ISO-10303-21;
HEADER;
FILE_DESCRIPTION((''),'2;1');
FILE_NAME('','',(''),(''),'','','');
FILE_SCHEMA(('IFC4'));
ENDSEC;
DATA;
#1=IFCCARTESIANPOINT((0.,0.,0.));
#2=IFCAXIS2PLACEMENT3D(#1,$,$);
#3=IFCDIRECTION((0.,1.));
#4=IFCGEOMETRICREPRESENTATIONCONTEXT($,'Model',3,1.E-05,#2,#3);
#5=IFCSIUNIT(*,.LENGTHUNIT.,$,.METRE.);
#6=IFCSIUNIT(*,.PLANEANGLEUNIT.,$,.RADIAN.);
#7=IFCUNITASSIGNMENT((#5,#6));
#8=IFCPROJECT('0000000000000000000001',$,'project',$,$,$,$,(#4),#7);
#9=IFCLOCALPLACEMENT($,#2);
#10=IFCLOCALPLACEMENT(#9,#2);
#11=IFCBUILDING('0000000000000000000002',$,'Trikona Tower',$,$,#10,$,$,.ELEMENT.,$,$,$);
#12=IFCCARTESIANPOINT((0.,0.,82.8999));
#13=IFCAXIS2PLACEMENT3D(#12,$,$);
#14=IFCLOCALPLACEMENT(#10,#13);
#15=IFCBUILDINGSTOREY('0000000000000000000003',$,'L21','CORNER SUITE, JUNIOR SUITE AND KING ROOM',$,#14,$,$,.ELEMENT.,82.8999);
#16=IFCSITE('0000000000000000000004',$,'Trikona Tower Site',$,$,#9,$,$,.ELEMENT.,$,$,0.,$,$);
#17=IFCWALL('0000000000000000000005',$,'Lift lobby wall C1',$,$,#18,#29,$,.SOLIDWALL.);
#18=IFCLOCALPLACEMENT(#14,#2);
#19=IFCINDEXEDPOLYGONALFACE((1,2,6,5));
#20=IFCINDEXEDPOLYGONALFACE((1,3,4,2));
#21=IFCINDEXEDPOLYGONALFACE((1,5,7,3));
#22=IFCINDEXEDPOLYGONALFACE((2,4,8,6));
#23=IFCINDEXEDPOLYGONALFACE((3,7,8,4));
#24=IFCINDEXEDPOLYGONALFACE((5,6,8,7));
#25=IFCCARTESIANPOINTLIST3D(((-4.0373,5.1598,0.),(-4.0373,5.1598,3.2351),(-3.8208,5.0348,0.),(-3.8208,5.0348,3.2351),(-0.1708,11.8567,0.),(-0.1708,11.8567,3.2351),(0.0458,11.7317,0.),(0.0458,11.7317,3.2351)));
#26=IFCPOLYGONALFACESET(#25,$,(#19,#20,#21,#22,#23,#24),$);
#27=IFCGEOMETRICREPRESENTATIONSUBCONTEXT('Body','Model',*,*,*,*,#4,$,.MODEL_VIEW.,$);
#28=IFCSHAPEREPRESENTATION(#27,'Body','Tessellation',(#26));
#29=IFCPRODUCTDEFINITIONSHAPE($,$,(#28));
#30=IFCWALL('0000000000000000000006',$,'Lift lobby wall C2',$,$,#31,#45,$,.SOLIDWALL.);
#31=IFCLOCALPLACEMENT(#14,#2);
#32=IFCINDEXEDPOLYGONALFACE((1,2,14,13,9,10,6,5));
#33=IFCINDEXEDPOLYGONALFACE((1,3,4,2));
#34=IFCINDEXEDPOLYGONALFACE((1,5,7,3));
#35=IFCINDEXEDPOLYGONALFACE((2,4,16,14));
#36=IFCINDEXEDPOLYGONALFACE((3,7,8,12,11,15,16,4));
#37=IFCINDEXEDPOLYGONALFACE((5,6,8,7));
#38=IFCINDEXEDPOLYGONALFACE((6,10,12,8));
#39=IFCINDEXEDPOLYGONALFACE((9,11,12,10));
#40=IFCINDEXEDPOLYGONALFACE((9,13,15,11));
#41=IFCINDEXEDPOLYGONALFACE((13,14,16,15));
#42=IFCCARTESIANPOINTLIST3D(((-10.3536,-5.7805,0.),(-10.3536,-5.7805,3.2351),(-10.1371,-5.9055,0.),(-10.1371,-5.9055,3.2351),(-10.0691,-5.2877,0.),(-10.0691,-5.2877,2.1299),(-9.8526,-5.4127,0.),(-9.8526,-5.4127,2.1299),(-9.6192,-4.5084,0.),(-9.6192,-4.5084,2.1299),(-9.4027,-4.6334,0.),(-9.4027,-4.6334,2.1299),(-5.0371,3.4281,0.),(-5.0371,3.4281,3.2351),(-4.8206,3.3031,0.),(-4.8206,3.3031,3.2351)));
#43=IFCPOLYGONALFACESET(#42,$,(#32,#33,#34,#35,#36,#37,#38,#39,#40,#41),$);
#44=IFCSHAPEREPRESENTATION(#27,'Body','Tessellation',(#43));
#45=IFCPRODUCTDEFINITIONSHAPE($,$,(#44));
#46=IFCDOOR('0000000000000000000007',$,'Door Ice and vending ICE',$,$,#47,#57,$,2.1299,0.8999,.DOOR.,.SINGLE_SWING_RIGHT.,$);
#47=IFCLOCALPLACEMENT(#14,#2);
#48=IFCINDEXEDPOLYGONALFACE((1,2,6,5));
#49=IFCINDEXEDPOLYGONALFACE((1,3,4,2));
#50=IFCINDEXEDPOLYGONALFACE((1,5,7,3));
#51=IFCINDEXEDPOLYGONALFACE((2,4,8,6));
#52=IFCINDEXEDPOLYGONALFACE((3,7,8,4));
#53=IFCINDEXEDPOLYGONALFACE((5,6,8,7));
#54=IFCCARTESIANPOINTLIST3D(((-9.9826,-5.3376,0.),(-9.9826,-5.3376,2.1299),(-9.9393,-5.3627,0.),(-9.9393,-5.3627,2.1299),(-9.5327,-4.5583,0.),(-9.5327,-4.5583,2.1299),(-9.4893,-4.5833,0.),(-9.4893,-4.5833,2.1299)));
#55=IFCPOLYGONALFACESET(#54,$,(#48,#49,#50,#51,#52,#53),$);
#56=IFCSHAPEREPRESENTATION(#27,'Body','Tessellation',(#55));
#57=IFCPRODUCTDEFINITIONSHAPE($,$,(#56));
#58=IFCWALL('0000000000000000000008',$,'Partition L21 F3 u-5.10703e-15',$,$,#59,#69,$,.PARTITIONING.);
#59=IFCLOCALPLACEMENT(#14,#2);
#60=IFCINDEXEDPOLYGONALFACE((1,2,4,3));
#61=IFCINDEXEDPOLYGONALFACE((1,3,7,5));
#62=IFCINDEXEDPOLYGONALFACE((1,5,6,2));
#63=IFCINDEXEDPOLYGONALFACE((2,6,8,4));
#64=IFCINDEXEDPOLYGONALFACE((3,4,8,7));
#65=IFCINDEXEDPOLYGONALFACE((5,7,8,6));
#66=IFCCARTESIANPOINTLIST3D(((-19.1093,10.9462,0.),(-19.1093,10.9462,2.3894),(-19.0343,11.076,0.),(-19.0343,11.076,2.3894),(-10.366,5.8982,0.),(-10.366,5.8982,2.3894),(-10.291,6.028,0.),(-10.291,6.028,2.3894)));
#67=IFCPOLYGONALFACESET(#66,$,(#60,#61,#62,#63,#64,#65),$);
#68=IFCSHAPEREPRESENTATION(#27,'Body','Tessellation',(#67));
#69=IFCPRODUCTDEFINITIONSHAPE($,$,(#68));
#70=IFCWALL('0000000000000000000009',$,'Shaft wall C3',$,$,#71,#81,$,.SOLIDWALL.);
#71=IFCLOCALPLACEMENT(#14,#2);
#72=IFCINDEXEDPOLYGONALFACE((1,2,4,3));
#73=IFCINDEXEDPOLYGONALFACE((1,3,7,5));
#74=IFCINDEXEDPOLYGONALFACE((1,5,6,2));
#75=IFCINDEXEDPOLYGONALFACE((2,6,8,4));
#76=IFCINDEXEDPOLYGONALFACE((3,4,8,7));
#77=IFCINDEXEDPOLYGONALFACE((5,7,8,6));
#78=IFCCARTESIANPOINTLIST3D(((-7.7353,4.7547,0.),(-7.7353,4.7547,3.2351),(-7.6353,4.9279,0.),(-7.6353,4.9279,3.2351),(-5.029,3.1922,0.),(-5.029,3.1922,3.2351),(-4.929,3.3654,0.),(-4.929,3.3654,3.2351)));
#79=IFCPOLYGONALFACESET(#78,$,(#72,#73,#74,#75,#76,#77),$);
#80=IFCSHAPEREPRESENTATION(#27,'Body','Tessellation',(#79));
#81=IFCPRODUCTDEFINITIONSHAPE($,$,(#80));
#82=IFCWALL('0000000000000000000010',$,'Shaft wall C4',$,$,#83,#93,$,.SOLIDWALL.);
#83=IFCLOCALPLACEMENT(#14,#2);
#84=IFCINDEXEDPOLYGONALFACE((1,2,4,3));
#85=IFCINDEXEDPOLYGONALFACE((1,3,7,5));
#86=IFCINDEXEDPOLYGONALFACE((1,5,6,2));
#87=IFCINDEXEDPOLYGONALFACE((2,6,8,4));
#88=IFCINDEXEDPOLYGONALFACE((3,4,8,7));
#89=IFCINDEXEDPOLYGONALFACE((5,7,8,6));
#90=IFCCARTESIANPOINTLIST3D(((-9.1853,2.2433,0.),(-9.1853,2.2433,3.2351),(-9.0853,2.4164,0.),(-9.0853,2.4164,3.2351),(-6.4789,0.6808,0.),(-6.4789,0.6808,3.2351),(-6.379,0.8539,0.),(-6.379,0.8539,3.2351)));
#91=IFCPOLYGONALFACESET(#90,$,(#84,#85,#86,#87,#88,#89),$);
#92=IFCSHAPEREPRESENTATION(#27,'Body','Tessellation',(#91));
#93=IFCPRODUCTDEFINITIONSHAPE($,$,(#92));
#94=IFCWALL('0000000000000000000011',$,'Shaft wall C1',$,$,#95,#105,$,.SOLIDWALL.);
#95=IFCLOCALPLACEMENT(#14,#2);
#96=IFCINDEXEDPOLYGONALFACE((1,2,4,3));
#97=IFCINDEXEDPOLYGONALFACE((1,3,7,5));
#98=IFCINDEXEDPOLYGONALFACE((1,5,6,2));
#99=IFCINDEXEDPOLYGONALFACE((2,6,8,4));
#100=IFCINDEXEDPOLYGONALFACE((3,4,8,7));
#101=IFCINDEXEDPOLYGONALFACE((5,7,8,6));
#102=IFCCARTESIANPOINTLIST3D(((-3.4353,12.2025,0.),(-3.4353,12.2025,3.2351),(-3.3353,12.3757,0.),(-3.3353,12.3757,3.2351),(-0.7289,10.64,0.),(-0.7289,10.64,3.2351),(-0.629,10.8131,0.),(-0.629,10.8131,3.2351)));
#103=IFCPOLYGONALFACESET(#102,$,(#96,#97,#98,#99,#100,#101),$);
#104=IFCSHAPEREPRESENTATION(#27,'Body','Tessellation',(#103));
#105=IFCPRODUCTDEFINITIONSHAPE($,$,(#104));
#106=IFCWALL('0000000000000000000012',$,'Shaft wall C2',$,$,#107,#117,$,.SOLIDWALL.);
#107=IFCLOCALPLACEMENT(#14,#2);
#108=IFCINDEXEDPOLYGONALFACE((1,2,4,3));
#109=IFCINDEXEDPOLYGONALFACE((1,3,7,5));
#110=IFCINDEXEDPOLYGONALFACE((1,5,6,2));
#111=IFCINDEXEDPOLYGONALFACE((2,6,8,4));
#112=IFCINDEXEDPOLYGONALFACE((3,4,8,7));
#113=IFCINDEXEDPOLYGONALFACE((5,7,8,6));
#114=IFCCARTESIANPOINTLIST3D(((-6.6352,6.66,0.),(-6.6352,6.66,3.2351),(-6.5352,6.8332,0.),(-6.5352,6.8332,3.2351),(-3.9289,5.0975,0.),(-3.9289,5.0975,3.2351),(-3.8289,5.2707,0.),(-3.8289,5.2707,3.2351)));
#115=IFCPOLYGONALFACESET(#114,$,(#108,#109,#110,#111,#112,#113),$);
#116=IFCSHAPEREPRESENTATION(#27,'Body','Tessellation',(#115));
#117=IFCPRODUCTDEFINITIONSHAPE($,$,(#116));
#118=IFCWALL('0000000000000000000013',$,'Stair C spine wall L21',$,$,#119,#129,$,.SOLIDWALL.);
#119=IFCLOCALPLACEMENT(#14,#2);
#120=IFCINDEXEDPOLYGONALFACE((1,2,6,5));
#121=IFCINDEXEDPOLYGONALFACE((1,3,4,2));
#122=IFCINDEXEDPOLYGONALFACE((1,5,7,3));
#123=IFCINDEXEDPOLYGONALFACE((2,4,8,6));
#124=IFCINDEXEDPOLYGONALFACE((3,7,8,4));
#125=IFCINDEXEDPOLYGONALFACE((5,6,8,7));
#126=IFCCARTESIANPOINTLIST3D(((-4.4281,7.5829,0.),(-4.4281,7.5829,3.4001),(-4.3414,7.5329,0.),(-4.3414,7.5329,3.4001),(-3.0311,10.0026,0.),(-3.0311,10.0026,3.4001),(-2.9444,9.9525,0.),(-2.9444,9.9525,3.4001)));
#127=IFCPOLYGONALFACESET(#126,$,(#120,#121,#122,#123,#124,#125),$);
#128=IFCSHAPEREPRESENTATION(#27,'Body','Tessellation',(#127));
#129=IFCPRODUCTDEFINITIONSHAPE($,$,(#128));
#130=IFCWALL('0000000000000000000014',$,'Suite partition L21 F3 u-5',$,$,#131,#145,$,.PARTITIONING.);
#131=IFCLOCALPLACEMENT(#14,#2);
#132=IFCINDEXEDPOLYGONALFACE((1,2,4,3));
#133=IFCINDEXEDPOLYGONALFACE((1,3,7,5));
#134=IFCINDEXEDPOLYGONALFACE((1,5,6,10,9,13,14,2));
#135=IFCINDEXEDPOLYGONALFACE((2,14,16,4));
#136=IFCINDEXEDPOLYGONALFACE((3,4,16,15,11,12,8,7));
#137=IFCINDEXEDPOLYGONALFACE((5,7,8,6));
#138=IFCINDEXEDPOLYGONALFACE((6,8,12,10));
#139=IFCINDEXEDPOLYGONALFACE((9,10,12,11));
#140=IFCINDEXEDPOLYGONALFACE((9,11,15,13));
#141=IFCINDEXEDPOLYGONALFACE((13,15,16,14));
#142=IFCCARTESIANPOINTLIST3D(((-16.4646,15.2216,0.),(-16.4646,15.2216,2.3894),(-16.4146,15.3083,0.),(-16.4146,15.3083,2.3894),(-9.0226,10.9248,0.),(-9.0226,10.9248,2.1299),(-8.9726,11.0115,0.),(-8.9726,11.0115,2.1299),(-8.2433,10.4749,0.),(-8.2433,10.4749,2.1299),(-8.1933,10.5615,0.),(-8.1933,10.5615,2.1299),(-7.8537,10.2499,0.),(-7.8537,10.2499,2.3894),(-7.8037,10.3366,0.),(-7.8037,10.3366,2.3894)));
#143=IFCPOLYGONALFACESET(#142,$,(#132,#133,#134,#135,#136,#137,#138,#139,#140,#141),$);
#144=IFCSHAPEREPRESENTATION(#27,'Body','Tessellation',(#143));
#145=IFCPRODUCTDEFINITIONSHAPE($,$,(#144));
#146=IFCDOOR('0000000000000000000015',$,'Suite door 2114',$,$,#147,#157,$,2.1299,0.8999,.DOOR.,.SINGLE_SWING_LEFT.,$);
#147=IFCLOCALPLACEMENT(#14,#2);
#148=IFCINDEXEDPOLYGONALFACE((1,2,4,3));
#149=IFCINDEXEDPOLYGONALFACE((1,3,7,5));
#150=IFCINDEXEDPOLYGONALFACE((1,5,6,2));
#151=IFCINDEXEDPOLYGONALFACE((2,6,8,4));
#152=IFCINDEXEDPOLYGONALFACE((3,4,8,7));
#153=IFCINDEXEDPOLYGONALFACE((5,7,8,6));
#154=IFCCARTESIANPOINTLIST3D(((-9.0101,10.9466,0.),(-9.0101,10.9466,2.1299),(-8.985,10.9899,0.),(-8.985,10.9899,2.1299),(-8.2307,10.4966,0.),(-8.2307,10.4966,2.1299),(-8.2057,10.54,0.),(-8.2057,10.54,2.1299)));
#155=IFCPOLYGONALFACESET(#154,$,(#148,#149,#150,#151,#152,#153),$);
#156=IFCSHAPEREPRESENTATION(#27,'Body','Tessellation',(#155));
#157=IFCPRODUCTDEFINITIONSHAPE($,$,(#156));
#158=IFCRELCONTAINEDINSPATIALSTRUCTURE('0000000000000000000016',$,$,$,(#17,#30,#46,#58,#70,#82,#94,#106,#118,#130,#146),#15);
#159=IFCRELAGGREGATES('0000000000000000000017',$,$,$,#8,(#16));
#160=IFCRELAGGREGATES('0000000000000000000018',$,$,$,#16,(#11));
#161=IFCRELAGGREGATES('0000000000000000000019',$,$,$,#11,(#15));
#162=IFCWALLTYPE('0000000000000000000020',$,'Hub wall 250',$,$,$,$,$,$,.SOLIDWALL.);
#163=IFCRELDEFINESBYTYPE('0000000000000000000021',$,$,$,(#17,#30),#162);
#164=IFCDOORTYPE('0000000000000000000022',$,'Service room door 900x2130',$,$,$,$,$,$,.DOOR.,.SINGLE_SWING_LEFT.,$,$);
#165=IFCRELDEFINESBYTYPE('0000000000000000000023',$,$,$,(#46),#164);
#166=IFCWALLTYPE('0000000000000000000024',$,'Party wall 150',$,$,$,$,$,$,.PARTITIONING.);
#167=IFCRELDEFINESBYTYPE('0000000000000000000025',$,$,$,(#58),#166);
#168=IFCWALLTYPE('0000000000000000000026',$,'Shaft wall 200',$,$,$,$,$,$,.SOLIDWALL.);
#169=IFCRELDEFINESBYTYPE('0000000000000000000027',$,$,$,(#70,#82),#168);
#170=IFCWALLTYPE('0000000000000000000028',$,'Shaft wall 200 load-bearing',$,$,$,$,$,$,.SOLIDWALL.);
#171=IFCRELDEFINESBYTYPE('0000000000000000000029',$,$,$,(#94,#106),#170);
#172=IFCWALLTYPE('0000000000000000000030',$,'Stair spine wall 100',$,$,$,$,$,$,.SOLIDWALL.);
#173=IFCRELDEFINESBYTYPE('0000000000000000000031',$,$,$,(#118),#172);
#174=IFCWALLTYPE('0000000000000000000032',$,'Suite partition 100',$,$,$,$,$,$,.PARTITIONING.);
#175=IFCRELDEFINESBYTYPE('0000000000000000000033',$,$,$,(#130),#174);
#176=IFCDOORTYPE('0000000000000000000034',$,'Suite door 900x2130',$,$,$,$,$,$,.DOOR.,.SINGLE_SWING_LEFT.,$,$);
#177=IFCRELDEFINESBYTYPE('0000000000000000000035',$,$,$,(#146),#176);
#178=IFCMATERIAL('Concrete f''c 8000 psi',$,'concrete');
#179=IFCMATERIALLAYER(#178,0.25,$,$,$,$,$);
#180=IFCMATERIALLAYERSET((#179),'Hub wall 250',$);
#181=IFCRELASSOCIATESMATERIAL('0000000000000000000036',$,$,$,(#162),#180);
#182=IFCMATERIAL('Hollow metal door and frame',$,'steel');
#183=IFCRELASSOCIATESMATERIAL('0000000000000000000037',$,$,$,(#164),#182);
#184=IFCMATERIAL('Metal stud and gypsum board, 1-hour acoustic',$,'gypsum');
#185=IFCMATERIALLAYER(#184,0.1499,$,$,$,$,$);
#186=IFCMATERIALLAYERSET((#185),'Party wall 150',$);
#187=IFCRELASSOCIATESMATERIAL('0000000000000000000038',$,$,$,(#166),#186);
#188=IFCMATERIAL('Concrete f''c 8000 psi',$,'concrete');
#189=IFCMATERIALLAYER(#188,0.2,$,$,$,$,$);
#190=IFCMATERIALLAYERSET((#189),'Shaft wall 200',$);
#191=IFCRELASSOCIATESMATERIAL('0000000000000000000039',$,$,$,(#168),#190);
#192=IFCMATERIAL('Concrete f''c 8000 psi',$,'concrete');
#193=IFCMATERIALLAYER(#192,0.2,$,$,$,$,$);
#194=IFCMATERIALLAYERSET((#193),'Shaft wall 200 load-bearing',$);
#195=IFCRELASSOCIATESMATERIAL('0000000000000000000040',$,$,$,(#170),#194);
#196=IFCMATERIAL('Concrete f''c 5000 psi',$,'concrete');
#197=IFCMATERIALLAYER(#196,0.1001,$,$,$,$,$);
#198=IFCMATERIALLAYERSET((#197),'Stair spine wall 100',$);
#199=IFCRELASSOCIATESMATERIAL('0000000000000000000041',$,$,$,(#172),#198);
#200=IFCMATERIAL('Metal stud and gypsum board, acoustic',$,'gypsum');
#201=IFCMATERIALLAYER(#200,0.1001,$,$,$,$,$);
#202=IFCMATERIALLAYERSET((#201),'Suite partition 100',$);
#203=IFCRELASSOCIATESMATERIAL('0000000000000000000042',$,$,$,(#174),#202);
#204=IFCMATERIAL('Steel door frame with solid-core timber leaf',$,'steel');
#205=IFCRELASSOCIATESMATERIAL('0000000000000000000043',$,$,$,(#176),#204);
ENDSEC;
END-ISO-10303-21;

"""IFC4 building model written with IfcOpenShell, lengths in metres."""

from ifc_helpers import new_model, si_unit, direction, frame, frame_2d, origin, place, context, subcontext, project, spatial, rectangle, extrude, material, layer, layer_set, type_object, element, fill, save


model = new_model("IFC4")

# Units and contexts
model_context = context("Model", 3, precision=1e-05, world=origin(), true_north=direction((0.0, 1.0)))
body_context = subcontext(model_context, "Body", "Model", "MODEL_VIEW")
ifc_project = project(units=[si_unit("LENGTHUNIT", "METRE"), si_unit("PLANEANGLEUNIT", "RADIAN")], contexts=[model_context])

# Site, building, storey
site_placement = place(None, origin())
site = spatial("IfcSite", under=ifc_project, at=site_placement, Name="Trikona Tower Site", CompositionType="ELEMENT", RefElevation=0.0)
building_placement = place(site_placement, origin())
building = spatial("IfcBuilding", under=site, at=building_placement, Name="Trikona Tower", CompositionType="ELEMENT")
storey_placement = place(building_placement, frame((0.0, 0.0, 82.8999)))
storey = spatial("IfcBuildingStorey", under=building, at=storey_placement, Name="L21", Description="CORNER SUITE, JUNIOR SUITE AND KING ROOM", CompositionType="ELEMENT", Elevation=82.8999)

# Wall
ifc_material_1 = material(Name="Concrete f'c 8000 psi", Category="concrete")
ifc_layer_1 = layer(ifc_material_1, 0.25)
ifc_layer_set_1 = layer_set([ifc_layer_1], Name="Hub wall 250")
wall_type_1 = type_object("IfcWallType", Name="Hub wall 250", PredefinedType="SOLIDWALL", material=ifc_layer_set_1)
wall_1_placement = place(storey_placement, frame((-0.0625, 11.7942, 0.0), z_axis=(0.0, 0.0, 1.0), x_axis=(-0.500007, -0.866022, 0.0)))
element("IfcWall", 1, at=wall_1_placement, inside=storey, type_object=wall_type_1, Name="Lift lobby wall C1", PredefinedType="SOLIDWALL", context=body_context, shape_type="SweptSolid", body=[
    extrude(rectangle(XDim=7.7329, YDim=0.25, at=frame_2d((3.8665, 0.0))), origin(), (0.0, 0.0, 1.0), 3.2351),
])

# Wall, opening, door
wall_2_placement = place(storey_placement, frame((-4.929, 3.3655, 0.0), z_axis=(0.0, 0.0, 1.0), x_axis=(-0.499991, -0.86603, 0.0)))
wall_2 = element("IfcWall", 2, at=wall_2_placement, inside=storey, type_object=wall_type_1, Name="Lift lobby wall C2", PredefinedType="SOLIDWALL", context=body_context, shape_type="SweptSolid", body=[
    extrude(rectangle(XDim=10.6331, YDim=0.25, at=frame_2d((5.3164, 0.0))), origin(), (0.0, 0.0, 1.0), 3.2351),
])
opening_1_placement = place(wall_2_placement, frame((9.1641, 0.0, 0.0)))
opening_1 = element("IfcOpeningElement", 3, at=opening_1_placement, cuts=wall_2, PredefinedType="OPENING", context=body_context, shape_type="SweptSolid", body=[
    extrude(rectangle(XDim=0.8999, YDim=2.1299, at=frame_2d((0.45, 1.0649))), frame((0.0, 0.135, 0.0), z_axis=(0.0, -1.0, 0.0), x_axis=(1.0, 0.0, 0.0)), (0.0, 0.0, 1.0), 0.27),
])
ifc_material_2 = material(Name="Hollow metal door and frame", Category="steel")
door_type_1 = type_object("IfcDoorType", Name="Service room door 900x2130", OperationType="SINGLE_SWING_LEFT", PredefinedType="DOOR", material=ifc_material_2)
door_1_placement = place(opening_1_placement, origin())
door_1 = element("IfcDoor", 4, at=door_1_placement, inside=storey, type_object=door_type_1, Name="Door Ice and vending ICE", OperationType="SINGLE_SWING_RIGHT", OverallHeight=2.1299, OverallWidth=0.8999, PredefinedType="DOOR", context=body_context, shape_type="SweptSolid", body=[
    extrude(rectangle(XDim=0.8999, YDim=2.1299, at=frame_2d((0.45, 1.0649))), frame((0.0, 0.0249, 0.0), z_axis=(0.0, -1.0, 0.0), x_axis=(1.0, 0.0, 0.0)), (0.0, 0.0, 1.0), 0.05),
])
fill(opening_1, door_1)

# Walls
ifc_material_3 = material(Name="Metal stud and gypsum board, 1-hour acoustic", Category="gypsum")
ifc_layer_2 = layer(ifc_material_3, 0.1499)
ifc_layer_set_2 = layer_set([ifc_layer_2], Name="Party wall 150")
wall_type_2 = type_object("IfcWallType", Name="Party wall 150", PredefinedType="PARTITIONING", material=ifc_layer_set_2)
wall_3_placement = place(storey_placement, frame((-10.3286, 5.9631, 0.0), z_axis=(0.0, 0.0, 1.0), x_axis=(-0.866022, 0.500006, 0.0)))
element("IfcWall", 5, at=wall_3_placement, inside=storey, type_object=wall_type_2, Name="Partition L21 F3 u-5.10703e-15", PredefinedType="PARTITIONING", context=body_context, shape_type="SweptSolid", body=[
    extrude(rectangle(XDim=10.0959, YDim=0.1499, at=frame_2d((5.0479, 0.0))), origin(), (0.0, 0.0, 1.0), 2.3894),
])
ifc_material_4 = material(Name="Concrete f'c 8000 psi", Category="concrete")
ifc_layer_3 = layer(ifc_material_4, 0.2)
ifc_layer_set_3 = layer_set([ifc_layer_3], Name="Shaft wall 200")
wall_type_3 = type_object("IfcWallType", Name="Shaft wall 200", PredefinedType="SOLIDWALL", material=ifc_layer_set_3)
for number, where, z_axis, x_axis, name in (
    (6, (-4.979, 3.2788, 0.0), (0.0, 0.0, 1.0), (-0.866023, 0.500004, 0.0), "Shaft wall C3"),
    (7, (-6.429, 0.7673, 0.0), (0.0, 0.0, 1.0), (-0.866023, 0.500004, 0.0), "Shaft wall C4"),
):
    element("IfcWall", number, at=place(storey_placement, frame(where, z_axis=z_axis, x_axis=x_axis)), inside=storey, type_object=wall_type_3, Name=name, PredefinedType="SOLIDWALL", context=body_context, shape_type="SweptSolid", body=[
        extrude(rectangle(XDim=3.125, YDim=0.2, at=frame_2d((1.5625, 0.0))), origin(), (0.0, 0.0, 1.0), 3.2351),
    ])
ifc_material_5 = material(Name="Concrete f'c 8000 psi", Category="concrete")
ifc_layer_4 = layer(ifc_material_5, 0.2)
ifc_layer_set_4 = layer_set([ifc_layer_4], Name="Shaft wall 200 load-bearing")
wall_type_4 = type_object("IfcWallType", Name="Shaft wall 200 load-bearing", PredefinedType="SOLIDWALL", material=ifc_layer_set_4)
for number, where, z_axis, x_axis, name in (
    (8, (-0.679, 10.7266, 0.0), (0.0, 0.0, 1.0), (-0.866023, 0.500004, 0.0), "Shaft wall C1"),
    (9, (-3.8789, 5.1841, 0.0), (0.0, 0.0, 1.0), (-0.866023, 0.500004, 0.0), "Shaft wall C2"),
):
    element("IfcWall", number, at=place(storey_placement, frame(where, z_axis=z_axis, x_axis=x_axis)), inside=storey, type_object=wall_type_4, Name=name, PredefinedType="SOLIDWALL", context=body_context, shape_type="SweptSolid", body=[
        extrude(rectangle(XDim=3.125, YDim=0.2, at=frame_2d((1.5625, 0.0))), origin(), (0.0, 0.0, 1.0), 3.2351),
    ])
ifc_material_6 = material(Name="Concrete f'c 5000 psi", Category="concrete")
ifc_layer_5 = layer(ifc_material_6, 0.1001)
ifc_layer_set_5 = layer_set([ifc_layer_5], Name="Stair spine wall 100")
wall_type_5 = type_object("IfcWallType", Name="Stair spine wall 100", PredefinedType="SOLIDWALL", material=ifc_layer_set_5)
wall_4_placement = place(storey_placement, frame((-2.9878, 9.9775, 0.0), z_axis=(0.0, 0.0, 1.0), x_axis=(-0.499992, -0.86603, 0.0)))
element("IfcWall", 10, at=wall_4_placement, inside=storey, type_object=wall_type_5, Name="Stair C spine wall L21", PredefinedType="SOLIDWALL", context=body_context, shape_type="SweptSolid", body=[
    extrude(rectangle(XDim=2.7939, YDim=0.1001, at=frame_2d((1.397, 0.0))), origin(), (0.0, 0.0, 1.0), 3.4001),
])

# Wall, opening, door
ifc_material_7 = material(Name="Metal stud and gypsum board, acoustic", Category="gypsum")
ifc_layer_6 = layer(ifc_material_7, 0.1001)
ifc_layer_set_6 = layer_set([ifc_layer_6], Name="Suite partition 100")
wall_type_6 = type_object("IfcWallType", Name="Suite partition 100", PredefinedType="PARTITIONING", material=ifc_layer_set_6)
wall_5_placement = place(storey_placement, frame((-7.8286, 10.2932, 0.0), z_axis=(0.0, 0.0, 1.0), x_axis=(-0.866016, 0.500016, 0.0)))
wall_5 = element("IfcWall", 11, at=wall_5_placement, inside=storey, type_object=wall_type_6, Name="Suite partition L21 F3 u-5", PredefinedType="PARTITIONING", context=body_context, shape_type="SweptSolid", body=[
    extrude(rectangle(XDim=9.9431, YDim=0.1001, at=frame_2d((4.9717, 0.0))), origin(), (0.0, 0.0, 1.0), 2.3894),
])
opening_2_placement = place(wall_5_placement, frame((0.45, 0.0, 0.0)))
opening_2 = element("IfcOpeningElement", 12, at=opening_2_placement, cuts=wall_5, PredefinedType="OPENING", context=body_context, shape_type="SweptSolid", body=[
    extrude(rectangle(XDim=0.8999, YDim=2.1299, at=frame_2d((0.45, 1.0649))), frame((0.0, 0.0601, 0.0), z_axis=(0.0, -1.0, 0.0), x_axis=(1.0, 0.0, 0.0)), (0.0, 0.0, 1.0), 0.1201),
])
ifc_material_8 = material(Name="Steel door frame with solid-core timber leaf", Category="steel")
door_type_2 = type_object("IfcDoorType", Name="Suite door 900x2130", OperationType="SINGLE_SWING_LEFT", PredefinedType="DOOR", material=ifc_material_8)
door_2_placement = place(opening_2_placement, origin())
door_2 = element("IfcDoor", 13, at=door_2_placement, inside=storey, type_object=door_type_2, Name="Suite door 2114", OperationType="SINGLE_SWING_LEFT", OverallHeight=2.1299, OverallWidth=0.8999, PredefinedType="DOOR", context=body_context, shape_type="SweptSolid", body=[
    extrude(rectangle(XDim=0.8999, YDim=2.1299, at=frame_2d((0.45, 1.0649))), frame((0.0, 0.0249, 0.0), z_axis=(0.0, -1.0, 0.0), x_axis=(1.0, 0.0, 0.0)), (0.0, 0.0, 1.0), 0.05),
])
fill(opening_2, door_2)

save(model, "model.ifc")
